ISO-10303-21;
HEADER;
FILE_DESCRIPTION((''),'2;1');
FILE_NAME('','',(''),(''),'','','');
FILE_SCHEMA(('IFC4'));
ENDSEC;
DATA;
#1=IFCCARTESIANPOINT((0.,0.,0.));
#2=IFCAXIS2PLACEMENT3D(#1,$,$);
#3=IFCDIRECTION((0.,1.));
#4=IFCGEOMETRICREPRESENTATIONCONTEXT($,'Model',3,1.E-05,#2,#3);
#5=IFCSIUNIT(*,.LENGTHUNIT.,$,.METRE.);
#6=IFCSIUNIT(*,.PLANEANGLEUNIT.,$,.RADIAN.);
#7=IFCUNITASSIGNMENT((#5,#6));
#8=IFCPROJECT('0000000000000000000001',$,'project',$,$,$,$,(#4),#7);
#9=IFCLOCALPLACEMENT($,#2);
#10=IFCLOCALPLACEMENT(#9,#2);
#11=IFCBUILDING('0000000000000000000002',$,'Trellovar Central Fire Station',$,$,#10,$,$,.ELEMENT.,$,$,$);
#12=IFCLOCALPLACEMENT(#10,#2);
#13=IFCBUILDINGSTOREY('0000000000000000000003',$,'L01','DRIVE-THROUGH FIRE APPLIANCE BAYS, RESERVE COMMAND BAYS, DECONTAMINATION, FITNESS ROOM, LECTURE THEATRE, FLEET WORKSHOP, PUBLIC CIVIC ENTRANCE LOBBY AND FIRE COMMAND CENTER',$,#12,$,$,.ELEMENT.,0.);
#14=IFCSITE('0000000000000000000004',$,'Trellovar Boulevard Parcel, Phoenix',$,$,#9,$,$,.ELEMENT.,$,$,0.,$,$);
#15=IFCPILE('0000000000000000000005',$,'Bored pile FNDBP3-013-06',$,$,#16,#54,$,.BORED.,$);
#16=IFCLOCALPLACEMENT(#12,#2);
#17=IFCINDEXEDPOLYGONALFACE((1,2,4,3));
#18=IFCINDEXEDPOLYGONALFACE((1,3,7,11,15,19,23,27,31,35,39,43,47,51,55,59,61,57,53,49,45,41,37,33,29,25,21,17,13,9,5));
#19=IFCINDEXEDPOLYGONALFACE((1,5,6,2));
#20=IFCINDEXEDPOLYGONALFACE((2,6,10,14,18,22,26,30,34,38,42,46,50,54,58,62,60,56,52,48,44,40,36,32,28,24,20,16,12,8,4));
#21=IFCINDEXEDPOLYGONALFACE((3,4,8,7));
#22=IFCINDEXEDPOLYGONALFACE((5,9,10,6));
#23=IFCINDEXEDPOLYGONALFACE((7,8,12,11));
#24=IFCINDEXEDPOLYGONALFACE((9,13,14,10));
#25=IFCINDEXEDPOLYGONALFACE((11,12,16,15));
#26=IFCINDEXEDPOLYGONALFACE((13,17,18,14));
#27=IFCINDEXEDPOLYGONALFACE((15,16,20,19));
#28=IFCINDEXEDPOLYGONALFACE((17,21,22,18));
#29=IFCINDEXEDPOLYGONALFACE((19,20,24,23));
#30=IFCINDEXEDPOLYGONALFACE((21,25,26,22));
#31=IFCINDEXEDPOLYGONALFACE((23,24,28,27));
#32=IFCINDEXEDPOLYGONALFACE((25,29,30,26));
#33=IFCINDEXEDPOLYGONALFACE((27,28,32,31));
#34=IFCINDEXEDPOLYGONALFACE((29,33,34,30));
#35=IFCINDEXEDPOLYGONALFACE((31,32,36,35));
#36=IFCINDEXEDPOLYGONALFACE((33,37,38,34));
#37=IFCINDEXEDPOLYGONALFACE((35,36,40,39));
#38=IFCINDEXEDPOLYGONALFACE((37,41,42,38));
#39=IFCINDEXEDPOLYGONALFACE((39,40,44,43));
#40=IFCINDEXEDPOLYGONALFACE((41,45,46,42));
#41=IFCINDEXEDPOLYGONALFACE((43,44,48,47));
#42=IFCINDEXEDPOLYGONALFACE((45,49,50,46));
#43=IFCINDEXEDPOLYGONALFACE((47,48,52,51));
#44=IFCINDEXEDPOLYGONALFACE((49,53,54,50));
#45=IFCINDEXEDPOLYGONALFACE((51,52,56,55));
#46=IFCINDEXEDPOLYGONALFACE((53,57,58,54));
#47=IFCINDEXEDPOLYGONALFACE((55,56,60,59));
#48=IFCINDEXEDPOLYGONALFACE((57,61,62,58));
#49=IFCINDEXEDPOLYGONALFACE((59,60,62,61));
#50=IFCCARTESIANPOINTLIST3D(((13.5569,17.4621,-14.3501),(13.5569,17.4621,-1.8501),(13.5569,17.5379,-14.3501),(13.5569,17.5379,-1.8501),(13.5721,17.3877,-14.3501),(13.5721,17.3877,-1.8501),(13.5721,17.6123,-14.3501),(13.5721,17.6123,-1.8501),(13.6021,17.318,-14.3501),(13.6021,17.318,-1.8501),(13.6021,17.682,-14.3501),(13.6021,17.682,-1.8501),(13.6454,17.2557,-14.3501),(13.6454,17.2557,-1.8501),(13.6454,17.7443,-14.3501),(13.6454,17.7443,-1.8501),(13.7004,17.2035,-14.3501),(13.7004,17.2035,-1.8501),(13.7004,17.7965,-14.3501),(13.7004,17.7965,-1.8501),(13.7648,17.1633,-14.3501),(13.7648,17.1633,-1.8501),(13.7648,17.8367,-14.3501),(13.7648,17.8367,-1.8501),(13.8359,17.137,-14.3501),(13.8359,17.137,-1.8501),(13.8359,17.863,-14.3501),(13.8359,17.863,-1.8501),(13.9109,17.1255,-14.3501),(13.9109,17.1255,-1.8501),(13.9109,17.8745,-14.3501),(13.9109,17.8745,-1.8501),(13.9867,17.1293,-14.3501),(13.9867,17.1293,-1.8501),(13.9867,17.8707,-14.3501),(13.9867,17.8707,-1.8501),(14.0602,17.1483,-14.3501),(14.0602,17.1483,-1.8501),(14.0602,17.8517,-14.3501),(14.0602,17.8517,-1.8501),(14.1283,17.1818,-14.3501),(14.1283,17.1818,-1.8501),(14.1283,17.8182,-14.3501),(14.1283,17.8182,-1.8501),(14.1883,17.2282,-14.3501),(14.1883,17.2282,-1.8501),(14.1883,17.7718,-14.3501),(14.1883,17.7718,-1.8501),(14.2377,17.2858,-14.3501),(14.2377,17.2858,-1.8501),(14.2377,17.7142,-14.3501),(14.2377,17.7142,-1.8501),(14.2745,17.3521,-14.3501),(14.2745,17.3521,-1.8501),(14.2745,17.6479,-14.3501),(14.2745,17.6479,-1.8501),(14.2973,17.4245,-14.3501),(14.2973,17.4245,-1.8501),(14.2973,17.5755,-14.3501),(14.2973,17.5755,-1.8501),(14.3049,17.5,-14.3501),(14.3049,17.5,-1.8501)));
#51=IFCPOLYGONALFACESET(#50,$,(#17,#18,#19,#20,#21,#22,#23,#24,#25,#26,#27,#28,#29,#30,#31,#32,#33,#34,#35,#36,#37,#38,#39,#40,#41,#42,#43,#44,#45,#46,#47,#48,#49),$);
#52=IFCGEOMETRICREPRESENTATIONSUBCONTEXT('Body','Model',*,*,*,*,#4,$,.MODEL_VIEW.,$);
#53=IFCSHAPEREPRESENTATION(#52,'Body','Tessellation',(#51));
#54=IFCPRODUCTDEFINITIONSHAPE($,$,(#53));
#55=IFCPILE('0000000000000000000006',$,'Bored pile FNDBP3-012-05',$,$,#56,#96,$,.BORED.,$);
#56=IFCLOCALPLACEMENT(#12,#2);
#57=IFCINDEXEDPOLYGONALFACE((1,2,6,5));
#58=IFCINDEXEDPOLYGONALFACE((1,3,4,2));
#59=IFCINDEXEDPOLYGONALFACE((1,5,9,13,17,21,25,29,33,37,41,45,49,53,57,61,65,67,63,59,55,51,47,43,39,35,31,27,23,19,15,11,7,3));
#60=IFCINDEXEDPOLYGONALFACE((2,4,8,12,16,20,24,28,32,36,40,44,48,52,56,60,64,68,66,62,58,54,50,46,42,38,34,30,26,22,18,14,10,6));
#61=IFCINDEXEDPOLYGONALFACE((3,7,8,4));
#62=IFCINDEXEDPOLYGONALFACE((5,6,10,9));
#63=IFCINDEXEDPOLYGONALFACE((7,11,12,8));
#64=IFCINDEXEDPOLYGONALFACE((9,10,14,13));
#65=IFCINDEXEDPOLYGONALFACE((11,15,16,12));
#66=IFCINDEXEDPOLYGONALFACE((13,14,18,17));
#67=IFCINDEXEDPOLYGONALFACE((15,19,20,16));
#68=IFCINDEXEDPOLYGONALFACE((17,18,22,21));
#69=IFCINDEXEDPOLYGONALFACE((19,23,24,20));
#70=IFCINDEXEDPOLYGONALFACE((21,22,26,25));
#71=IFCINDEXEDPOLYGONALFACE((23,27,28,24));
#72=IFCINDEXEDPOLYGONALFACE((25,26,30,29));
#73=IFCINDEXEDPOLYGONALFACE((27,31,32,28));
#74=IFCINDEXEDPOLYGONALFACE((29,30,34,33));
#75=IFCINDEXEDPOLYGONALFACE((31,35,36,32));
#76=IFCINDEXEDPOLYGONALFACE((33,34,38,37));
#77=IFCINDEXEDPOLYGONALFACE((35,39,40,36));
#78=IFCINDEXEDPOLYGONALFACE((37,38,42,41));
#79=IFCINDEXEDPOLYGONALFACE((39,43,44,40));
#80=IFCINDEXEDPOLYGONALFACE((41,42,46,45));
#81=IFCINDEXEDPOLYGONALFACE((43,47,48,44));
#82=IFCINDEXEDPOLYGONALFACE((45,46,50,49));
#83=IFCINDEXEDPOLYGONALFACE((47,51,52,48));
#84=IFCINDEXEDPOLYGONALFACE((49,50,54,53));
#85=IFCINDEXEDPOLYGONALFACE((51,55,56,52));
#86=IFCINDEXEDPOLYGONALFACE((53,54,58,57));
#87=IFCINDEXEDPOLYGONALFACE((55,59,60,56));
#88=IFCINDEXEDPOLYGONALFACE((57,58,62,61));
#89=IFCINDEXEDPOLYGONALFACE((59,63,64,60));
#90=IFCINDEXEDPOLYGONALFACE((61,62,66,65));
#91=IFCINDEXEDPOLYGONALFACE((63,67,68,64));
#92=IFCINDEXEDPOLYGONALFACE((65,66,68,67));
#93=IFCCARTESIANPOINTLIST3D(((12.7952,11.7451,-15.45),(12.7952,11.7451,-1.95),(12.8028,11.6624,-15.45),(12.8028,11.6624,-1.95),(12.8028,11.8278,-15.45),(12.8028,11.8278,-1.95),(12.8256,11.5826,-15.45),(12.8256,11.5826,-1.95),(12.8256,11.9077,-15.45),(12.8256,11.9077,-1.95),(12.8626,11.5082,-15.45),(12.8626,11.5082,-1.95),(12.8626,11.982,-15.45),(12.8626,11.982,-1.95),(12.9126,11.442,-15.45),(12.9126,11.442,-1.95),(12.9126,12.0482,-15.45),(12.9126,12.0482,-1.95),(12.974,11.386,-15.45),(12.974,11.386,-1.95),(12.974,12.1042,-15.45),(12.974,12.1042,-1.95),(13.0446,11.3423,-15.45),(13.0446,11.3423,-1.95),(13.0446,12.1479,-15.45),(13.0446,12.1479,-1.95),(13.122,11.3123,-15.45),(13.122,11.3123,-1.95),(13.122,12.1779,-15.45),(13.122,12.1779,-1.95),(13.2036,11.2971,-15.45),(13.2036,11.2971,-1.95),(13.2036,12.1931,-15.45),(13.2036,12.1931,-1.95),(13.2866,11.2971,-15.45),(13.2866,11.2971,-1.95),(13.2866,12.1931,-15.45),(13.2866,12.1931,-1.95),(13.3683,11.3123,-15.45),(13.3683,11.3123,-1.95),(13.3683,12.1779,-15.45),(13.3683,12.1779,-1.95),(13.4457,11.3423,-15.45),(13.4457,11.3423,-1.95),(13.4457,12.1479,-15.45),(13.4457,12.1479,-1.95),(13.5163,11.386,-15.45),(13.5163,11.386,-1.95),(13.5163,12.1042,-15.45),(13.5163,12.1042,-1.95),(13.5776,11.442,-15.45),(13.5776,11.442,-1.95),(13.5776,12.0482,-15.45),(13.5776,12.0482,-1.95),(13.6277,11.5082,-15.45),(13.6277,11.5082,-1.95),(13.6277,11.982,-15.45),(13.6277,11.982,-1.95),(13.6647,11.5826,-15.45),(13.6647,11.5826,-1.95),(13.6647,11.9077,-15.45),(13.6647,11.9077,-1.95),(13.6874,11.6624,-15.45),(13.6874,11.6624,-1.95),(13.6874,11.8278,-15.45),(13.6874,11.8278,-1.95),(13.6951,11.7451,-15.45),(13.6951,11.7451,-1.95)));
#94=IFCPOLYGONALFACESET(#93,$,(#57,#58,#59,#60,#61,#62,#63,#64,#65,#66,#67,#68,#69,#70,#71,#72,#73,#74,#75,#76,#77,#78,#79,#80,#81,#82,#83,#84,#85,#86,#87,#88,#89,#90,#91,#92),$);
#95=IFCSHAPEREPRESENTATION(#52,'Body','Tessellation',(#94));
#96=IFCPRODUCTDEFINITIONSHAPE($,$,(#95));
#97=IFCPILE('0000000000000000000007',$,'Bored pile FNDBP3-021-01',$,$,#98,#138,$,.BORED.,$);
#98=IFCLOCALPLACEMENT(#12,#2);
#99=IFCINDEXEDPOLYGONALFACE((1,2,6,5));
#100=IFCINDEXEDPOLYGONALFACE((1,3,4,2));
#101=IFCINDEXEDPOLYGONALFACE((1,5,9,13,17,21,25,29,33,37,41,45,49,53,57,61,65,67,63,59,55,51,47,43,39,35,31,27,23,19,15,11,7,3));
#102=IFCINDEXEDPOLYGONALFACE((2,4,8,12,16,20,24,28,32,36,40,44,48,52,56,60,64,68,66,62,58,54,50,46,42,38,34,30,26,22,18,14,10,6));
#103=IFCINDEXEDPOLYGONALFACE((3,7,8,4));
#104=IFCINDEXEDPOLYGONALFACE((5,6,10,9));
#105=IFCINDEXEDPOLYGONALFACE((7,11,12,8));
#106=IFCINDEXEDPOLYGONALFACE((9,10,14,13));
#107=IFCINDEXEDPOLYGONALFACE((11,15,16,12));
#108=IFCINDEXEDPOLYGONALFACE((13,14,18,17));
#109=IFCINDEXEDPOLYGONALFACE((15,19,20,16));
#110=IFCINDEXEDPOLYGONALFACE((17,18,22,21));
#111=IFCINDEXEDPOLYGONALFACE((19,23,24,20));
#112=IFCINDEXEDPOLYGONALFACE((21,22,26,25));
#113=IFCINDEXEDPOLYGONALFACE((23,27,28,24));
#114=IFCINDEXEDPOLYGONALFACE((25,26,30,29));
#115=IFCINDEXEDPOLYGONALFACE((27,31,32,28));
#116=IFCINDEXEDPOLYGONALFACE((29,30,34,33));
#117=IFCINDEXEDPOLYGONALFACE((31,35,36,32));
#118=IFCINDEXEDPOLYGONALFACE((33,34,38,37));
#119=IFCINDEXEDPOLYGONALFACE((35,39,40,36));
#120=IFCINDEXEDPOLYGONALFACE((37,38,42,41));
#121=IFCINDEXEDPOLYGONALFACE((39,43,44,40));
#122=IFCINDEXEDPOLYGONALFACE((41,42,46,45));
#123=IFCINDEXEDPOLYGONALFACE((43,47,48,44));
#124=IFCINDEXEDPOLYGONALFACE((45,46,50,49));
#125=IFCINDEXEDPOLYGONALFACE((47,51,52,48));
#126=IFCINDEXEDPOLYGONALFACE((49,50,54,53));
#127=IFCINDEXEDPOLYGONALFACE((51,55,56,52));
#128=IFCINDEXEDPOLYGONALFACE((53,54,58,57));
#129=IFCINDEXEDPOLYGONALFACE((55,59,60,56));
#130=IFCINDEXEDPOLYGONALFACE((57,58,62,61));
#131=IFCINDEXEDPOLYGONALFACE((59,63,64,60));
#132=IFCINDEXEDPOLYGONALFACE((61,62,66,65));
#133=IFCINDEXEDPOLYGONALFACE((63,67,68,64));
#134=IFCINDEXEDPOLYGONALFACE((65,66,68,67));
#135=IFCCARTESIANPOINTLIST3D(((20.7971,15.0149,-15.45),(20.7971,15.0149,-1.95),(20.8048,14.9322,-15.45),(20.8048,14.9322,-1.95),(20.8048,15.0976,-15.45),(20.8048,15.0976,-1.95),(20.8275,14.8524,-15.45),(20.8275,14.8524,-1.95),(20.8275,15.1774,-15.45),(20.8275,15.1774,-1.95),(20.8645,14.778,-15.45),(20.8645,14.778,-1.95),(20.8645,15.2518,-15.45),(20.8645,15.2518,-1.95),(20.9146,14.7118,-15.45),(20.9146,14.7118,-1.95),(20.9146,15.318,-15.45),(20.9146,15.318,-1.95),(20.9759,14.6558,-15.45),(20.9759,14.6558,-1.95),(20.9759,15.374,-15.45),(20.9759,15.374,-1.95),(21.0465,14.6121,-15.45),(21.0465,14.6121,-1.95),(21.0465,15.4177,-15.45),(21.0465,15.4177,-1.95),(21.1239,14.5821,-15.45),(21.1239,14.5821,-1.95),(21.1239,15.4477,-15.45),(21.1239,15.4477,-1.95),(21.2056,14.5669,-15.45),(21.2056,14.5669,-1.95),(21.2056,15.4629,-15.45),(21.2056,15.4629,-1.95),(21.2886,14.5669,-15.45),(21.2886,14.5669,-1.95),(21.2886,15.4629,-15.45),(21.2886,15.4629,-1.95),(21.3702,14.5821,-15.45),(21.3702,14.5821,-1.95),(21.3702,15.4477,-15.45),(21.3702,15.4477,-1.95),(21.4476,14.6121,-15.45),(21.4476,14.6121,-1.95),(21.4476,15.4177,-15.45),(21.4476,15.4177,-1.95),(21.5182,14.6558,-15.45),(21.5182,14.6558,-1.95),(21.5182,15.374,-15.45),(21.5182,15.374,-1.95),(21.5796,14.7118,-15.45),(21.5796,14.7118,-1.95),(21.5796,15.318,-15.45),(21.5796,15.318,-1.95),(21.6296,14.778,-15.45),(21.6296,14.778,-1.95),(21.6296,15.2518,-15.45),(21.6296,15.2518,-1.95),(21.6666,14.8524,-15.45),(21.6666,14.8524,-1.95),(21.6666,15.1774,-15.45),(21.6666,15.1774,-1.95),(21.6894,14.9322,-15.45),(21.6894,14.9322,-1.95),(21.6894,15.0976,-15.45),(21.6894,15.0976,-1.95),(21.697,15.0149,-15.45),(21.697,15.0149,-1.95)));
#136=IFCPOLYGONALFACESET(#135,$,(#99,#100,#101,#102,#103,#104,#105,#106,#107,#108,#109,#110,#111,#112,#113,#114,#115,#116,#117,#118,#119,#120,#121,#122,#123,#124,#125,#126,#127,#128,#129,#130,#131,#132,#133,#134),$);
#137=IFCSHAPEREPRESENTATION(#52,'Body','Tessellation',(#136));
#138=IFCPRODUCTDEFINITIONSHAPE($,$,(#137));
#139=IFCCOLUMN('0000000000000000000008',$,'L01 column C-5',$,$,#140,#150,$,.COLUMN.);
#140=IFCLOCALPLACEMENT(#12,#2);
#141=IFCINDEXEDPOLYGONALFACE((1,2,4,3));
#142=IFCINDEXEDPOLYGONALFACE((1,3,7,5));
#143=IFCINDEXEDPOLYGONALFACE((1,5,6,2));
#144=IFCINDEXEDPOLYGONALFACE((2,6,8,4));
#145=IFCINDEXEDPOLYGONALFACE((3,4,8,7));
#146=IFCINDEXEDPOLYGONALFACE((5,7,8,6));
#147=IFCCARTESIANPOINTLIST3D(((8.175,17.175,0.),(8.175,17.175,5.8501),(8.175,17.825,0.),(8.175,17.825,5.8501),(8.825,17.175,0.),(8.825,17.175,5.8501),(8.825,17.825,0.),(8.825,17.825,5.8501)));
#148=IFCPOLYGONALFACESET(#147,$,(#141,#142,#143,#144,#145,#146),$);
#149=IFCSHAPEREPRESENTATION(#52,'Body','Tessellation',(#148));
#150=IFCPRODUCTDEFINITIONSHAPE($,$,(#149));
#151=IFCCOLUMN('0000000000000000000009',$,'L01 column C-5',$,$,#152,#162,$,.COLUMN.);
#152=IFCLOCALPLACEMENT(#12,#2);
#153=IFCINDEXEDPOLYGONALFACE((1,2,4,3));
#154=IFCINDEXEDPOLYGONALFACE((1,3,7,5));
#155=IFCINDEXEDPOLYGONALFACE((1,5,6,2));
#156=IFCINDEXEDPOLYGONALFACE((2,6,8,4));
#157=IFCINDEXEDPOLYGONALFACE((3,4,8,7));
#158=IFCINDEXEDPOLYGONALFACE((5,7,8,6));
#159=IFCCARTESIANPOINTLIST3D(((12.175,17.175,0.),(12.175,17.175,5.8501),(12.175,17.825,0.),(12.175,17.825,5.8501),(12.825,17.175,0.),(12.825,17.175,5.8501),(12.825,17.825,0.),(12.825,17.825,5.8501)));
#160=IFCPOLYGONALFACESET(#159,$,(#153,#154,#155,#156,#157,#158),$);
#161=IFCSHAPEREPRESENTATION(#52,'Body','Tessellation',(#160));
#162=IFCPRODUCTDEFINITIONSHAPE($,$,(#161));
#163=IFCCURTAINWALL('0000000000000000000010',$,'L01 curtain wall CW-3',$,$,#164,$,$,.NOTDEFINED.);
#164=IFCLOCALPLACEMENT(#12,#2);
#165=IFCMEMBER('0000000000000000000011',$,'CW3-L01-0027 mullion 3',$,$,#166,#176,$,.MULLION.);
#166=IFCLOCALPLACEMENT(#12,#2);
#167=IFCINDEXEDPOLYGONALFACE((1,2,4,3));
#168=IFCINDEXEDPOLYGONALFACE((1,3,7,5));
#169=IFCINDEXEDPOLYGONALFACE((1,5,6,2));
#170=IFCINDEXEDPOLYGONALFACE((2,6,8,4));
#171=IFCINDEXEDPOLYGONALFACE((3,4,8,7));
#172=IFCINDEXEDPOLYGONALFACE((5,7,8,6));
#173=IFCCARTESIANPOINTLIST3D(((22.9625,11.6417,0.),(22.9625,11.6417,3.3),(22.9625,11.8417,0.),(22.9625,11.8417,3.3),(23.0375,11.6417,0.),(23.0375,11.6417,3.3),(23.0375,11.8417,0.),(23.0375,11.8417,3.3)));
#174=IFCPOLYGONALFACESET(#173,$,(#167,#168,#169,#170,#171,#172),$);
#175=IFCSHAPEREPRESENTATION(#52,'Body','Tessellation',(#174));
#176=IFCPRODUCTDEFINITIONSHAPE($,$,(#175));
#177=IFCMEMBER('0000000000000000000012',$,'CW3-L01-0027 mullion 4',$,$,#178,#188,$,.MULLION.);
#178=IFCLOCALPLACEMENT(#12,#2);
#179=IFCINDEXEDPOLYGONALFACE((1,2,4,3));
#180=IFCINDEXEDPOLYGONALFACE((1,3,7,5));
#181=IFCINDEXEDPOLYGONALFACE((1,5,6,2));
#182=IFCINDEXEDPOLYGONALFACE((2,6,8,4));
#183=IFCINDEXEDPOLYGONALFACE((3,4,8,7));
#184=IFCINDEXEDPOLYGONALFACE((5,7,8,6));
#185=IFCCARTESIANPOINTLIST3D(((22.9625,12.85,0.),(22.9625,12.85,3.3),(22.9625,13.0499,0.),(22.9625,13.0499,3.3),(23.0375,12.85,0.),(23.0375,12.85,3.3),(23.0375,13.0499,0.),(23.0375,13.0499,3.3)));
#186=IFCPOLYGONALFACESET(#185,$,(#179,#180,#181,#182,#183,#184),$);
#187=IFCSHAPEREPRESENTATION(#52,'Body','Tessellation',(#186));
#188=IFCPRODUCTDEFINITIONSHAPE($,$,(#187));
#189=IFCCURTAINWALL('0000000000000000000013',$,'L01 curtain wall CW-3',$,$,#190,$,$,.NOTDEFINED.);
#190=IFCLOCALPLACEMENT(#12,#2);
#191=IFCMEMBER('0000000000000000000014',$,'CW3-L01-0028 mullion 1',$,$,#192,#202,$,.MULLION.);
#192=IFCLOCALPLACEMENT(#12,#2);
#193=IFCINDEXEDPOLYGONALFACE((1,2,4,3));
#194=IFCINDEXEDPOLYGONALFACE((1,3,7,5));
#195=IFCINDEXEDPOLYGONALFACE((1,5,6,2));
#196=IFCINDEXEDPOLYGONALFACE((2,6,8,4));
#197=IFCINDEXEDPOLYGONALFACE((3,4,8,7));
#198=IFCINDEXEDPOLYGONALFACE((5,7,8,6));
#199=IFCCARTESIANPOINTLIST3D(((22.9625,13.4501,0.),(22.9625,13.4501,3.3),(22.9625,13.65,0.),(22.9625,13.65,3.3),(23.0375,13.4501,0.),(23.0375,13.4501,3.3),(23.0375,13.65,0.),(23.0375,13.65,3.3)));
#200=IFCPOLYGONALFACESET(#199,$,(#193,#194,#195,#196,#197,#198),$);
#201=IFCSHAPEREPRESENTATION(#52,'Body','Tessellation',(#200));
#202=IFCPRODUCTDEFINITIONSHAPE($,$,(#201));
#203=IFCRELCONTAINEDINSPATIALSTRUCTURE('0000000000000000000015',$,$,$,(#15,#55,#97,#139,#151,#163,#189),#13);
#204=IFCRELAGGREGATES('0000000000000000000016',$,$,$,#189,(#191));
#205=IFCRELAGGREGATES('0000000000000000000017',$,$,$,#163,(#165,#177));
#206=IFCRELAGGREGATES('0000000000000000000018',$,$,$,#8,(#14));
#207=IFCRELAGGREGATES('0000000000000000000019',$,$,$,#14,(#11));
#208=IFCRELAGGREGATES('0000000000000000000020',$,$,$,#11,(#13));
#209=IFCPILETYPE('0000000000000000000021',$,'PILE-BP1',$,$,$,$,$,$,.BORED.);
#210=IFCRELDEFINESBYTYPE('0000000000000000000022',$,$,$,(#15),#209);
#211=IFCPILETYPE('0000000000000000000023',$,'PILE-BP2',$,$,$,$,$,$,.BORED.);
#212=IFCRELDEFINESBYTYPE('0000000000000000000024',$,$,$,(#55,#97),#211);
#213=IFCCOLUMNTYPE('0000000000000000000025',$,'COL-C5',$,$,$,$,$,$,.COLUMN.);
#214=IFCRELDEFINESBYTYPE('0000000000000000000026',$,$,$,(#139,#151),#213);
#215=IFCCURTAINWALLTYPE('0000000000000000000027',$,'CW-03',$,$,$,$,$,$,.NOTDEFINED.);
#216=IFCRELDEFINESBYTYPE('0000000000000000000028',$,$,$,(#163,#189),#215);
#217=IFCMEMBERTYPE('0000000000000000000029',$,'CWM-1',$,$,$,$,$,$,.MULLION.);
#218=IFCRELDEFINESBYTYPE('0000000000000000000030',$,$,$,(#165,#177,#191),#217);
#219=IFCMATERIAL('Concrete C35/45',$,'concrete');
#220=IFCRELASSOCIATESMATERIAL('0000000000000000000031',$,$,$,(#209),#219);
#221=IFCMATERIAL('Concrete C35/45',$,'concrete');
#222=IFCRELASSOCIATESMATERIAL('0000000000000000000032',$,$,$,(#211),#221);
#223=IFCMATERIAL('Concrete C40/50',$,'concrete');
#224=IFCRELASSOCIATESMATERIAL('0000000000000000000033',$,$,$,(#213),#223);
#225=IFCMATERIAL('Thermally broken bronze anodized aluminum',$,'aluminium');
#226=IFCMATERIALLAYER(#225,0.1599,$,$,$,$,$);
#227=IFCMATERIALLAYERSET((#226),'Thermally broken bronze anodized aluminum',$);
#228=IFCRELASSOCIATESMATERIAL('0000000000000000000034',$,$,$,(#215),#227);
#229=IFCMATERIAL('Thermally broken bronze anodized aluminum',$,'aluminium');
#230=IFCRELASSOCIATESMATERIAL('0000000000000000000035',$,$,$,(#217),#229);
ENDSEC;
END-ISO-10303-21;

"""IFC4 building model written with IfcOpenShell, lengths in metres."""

from ifc_helpers import new_model, si_unit, direction, frame, origin, origin_2d, place, context, subcontext, project, spatial, rectangle, circle, extrude, material, layer, layer_set, material_profile, profile_set, type_object, element, aggregate, save


model = new_model("IFC4")

# Units and contexts
model_context = context("Model", 3, precision=1e-05, world=origin(), true_north=direction((0.0, 1.0)))
body_context = subcontext(model_context, "Body", "Model", "MODEL_VIEW")
ifc_project = project(units=[si_unit("LENGTHUNIT", "METRE"), si_unit("PLANEANGLEUNIT", "RADIAN")], contexts=[model_context])

# Site, building, storey
site_placement = place(None, origin())
site = spatial("IfcSite", under=ifc_project, at=site_placement, Name="Trellovar Boulevard Parcel, Phoenix", CompositionType="ELEMENT", RefElevation=0.0)
building_placement = place(site_placement, origin())
building = spatial("IfcBuilding", under=site, at=building_placement, Name="Trellovar Central Fire Station", CompositionType="ELEMENT")
storey_placement = place(building_placement, origin())
storey = spatial("IfcBuildingStorey", under=building, at=storey_placement, Name="L01", Description="DRIVE-THROUGH FIRE APPLIANCE BAYS, RESERVE COMMAND BAYS, DECONTAMINATION, FITNESS ROOM, LECTURE THEATRE, FLEET WORKSHOP, PUBLIC CIVIC ENTRANCE LOBBY AND FIRE COMMAND CENTER", CompositionType="ELEMENT", Elevation=0.0)

# Piles
ifc_material_1 = material(Name="Concrete C35/45", Category="concrete")
ifc_material_profile_1 = material_profile(ifc_material_1, circle(Radius=0.375, at=origin_2d()), Name="PILE750")
ifc_profile_set_1 = profile_set([ifc_material_profile_1], Name="Concrete C35/45")
pile_type_1 = type_object("IfcPileType", Name="PILE-BP1", PredefinedType="BORED", material=ifc_profile_set_1)
for number, where, z_axis, x_axis, name in (
    (1, (13.9299, 17.5, -1.8501), (0.0, 0.0, -1.0), (1.0, 0.0, 0.0), "Bored pile FNDBP3-013-06"),
):
    element("IfcPile", number, at=place(storey_placement, frame(where, z_axis=z_axis, x_axis=x_axis)), inside=storey, type_object=pile_type_1, Name=name, PredefinedType="BORED", context=body_context, shape_type="SweptSolid", body=[
        extrude(circle(Radius=0.375, at=origin_2d()), origin(), (0.0, 0.0, 1.0), 12.5),
    ])
ifc_material_2 = material(Name="Concrete C35/45", Category="concrete")
ifc_material_profile_2 = material_profile(ifc_material_2, circle(Radius=0.45, at=origin_2d()), Name="PILE900")
ifc_profile_set_2 = profile_set([ifc_material_profile_2], Name="Concrete C35/45")
pile_type_2 = type_object("IfcPileType", Name="PILE-BP2", PredefinedType="BORED", material=ifc_profile_set_2)
for number, where, z_axis, x_axis, name in (
    (2, (13.2451, 11.7451, -1.95), (0.0, 0.0, -1.0), (1.0, 0.0, 0.0), "Bored pile FNDBP3-012-05"),
    (3, (21.2471, 15.0149, -1.95), (0.0, 0.0, -1.0), (1.0, 0.0, 0.0), "Bored pile FNDBP3-021-01"),
):
    element("IfcPile", number, at=place(storey_placement, frame(where, z_axis=z_axis, x_axis=x_axis)), inside=storey, type_object=pile_type_2, Name=name, PredefinedType="BORED", context=body_context, shape_type="SweptSolid", body=[
        extrude(circle(Radius=0.45, at=origin_2d()), origin(), (0.0, 0.0, 1.0), 13.5),
    ])

# Columns
ifc_material_3 = material(Name="Concrete C40/50", Category="concrete")
ifc_material_profile_3 = material_profile(ifc_material_3, rectangle(XDim=0.6499, YDim=0.6499, at=origin_2d()), Name="RC650X650")
ifc_profile_set_3 = profile_set([ifc_material_profile_3], Name="Concrete C40/50")
column_type = type_object("IfcColumnType", Name="COL-C5", PredefinedType="COLUMN", material=ifc_profile_set_3)
for number, where, z_axis, x_axis, name in (
    (4, (8.5, 17.5, 0.0), (0.0, 0.0, 1.0), (1.0, 0.0, 0.0), "L01 column C-5"),
    (5, (12.5, 17.5, 0.0), (0.0, 0.0, 1.0), (1.0, 0.0, 0.0), "L01 column C-5"),
):
    element("IfcColumn", number, at=place(storey_placement, frame(where, z_axis=z_axis, x_axis=x_axis)), inside=storey, type_object=column_type, Name=name, PredefinedType="COLUMN", context=body_context, shape_type="SweptSolid", body=[
        extrude(rectangle(XDim=0.6499, YDim=0.6499, at=origin_2d()), origin(), (0.0, 0.0, 1.0), 5.8501),
    ])

# Curtain walls, members
ifc_material_4 = material(Name="Thermally broken bronze anodized aluminum", Category="aluminium")
ifc_layer_1 = layer(ifc_material_4, 0.1599)
ifc_layer_set_1 = layer_set([ifc_layer_1], Name="Thermally broken bronze anodized aluminum")
curtain_wall_type = type_object("IfcCurtainWallType", Name="CW-03", PredefinedType="NOTDEFINED", material=ifc_layer_set_1)
curtain_wall_1_placement = place(storey_placement, origin())
curtain_wall_1 = element("IfcCurtainWall", 6, at=curtain_wall_1_placement, inside=storey, type_object=curtain_wall_type, Name="L01 curtain wall CW-3", PredefinedType="NOTDEFINED")
ifc_material_5 = material(Name="Thermally broken bronze anodized aluminum", Category="aluminium")
ifc_material_profile_4 = material_profile(ifc_material_5, rectangle(XDim=0.075, YDim=0.2, at=origin_2d()), Name="ALU75X200")
ifc_profile_set_4 = profile_set([ifc_material_profile_4], Name="Thermally broken bronze anodized aluminum")
member_type_1 = type_object("IfcMemberType", Name="CWM-1", PredefinedType="MULLION", material=ifc_profile_set_4)
member_1_placement = place(storey_placement, frame((23.0, 11.7417, 0.0), z_axis=(0.0, 0.0, 1.0), x_axis=(1.0, 0.0, 0.0)))
member_1 = element("IfcMember", 7, at=member_1_placement, type_object=member_type_1, Name="CW3-L01-0027 mullion 3", PredefinedType="MULLION", context=body_context, shape_type="SweptSolid", body=[
    extrude(rectangle(XDim=0.075, YDim=0.2, at=origin_2d()), origin(), (0.0, 0.0, 1.0), 3.3),
])
member_2_placement = place(storey_placement, frame((23.0, 12.95, 0.0), z_axis=(0.0, 0.0, 1.0), x_axis=(1.0, 0.0, 0.0)))
member_2 = element("IfcMember", 8, at=member_2_placement, type_object=member_type_1, Name="CW3-L01-0027 mullion 4", PredefinedType="MULLION", context=body_context, shape_type="SweptSolid", body=[
    extrude(rectangle(XDim=0.075, YDim=0.2, at=origin_2d()), origin(), (0.0, 0.0, 1.0), 3.3),
])
curtain_wall_2_placement = place(storey_placement, origin())
curtain_wall_2 = element("IfcCurtainWall", 9, at=curtain_wall_2_placement, inside=storey, type_object=curtain_wall_type, Name="L01 curtain wall CW-3", PredefinedType="NOTDEFINED")
member_3_placement = place(storey_placement, frame((23.0, 13.55, 0.0), z_axis=(0.0, 0.0, 1.0), x_axis=(1.0, 0.0, 0.0)))
member_3 = element("IfcMember", 10, at=member_3_placement, type_object=member_type_1, Name="CW3-L01-0028 mullion 1", PredefinedType="MULLION", context=body_context, shape_type="SweptSolid", body=[
    extrude(rectangle(XDim=0.075, YDim=0.2, at=origin_2d()), origin(), (0.0, 0.0, 1.0), 3.3),
])
aggregate(curtain_wall_2, [member_3])

aggregate(curtain_wall_1, [member_1, member_2])

save(model, "model.ifc")
